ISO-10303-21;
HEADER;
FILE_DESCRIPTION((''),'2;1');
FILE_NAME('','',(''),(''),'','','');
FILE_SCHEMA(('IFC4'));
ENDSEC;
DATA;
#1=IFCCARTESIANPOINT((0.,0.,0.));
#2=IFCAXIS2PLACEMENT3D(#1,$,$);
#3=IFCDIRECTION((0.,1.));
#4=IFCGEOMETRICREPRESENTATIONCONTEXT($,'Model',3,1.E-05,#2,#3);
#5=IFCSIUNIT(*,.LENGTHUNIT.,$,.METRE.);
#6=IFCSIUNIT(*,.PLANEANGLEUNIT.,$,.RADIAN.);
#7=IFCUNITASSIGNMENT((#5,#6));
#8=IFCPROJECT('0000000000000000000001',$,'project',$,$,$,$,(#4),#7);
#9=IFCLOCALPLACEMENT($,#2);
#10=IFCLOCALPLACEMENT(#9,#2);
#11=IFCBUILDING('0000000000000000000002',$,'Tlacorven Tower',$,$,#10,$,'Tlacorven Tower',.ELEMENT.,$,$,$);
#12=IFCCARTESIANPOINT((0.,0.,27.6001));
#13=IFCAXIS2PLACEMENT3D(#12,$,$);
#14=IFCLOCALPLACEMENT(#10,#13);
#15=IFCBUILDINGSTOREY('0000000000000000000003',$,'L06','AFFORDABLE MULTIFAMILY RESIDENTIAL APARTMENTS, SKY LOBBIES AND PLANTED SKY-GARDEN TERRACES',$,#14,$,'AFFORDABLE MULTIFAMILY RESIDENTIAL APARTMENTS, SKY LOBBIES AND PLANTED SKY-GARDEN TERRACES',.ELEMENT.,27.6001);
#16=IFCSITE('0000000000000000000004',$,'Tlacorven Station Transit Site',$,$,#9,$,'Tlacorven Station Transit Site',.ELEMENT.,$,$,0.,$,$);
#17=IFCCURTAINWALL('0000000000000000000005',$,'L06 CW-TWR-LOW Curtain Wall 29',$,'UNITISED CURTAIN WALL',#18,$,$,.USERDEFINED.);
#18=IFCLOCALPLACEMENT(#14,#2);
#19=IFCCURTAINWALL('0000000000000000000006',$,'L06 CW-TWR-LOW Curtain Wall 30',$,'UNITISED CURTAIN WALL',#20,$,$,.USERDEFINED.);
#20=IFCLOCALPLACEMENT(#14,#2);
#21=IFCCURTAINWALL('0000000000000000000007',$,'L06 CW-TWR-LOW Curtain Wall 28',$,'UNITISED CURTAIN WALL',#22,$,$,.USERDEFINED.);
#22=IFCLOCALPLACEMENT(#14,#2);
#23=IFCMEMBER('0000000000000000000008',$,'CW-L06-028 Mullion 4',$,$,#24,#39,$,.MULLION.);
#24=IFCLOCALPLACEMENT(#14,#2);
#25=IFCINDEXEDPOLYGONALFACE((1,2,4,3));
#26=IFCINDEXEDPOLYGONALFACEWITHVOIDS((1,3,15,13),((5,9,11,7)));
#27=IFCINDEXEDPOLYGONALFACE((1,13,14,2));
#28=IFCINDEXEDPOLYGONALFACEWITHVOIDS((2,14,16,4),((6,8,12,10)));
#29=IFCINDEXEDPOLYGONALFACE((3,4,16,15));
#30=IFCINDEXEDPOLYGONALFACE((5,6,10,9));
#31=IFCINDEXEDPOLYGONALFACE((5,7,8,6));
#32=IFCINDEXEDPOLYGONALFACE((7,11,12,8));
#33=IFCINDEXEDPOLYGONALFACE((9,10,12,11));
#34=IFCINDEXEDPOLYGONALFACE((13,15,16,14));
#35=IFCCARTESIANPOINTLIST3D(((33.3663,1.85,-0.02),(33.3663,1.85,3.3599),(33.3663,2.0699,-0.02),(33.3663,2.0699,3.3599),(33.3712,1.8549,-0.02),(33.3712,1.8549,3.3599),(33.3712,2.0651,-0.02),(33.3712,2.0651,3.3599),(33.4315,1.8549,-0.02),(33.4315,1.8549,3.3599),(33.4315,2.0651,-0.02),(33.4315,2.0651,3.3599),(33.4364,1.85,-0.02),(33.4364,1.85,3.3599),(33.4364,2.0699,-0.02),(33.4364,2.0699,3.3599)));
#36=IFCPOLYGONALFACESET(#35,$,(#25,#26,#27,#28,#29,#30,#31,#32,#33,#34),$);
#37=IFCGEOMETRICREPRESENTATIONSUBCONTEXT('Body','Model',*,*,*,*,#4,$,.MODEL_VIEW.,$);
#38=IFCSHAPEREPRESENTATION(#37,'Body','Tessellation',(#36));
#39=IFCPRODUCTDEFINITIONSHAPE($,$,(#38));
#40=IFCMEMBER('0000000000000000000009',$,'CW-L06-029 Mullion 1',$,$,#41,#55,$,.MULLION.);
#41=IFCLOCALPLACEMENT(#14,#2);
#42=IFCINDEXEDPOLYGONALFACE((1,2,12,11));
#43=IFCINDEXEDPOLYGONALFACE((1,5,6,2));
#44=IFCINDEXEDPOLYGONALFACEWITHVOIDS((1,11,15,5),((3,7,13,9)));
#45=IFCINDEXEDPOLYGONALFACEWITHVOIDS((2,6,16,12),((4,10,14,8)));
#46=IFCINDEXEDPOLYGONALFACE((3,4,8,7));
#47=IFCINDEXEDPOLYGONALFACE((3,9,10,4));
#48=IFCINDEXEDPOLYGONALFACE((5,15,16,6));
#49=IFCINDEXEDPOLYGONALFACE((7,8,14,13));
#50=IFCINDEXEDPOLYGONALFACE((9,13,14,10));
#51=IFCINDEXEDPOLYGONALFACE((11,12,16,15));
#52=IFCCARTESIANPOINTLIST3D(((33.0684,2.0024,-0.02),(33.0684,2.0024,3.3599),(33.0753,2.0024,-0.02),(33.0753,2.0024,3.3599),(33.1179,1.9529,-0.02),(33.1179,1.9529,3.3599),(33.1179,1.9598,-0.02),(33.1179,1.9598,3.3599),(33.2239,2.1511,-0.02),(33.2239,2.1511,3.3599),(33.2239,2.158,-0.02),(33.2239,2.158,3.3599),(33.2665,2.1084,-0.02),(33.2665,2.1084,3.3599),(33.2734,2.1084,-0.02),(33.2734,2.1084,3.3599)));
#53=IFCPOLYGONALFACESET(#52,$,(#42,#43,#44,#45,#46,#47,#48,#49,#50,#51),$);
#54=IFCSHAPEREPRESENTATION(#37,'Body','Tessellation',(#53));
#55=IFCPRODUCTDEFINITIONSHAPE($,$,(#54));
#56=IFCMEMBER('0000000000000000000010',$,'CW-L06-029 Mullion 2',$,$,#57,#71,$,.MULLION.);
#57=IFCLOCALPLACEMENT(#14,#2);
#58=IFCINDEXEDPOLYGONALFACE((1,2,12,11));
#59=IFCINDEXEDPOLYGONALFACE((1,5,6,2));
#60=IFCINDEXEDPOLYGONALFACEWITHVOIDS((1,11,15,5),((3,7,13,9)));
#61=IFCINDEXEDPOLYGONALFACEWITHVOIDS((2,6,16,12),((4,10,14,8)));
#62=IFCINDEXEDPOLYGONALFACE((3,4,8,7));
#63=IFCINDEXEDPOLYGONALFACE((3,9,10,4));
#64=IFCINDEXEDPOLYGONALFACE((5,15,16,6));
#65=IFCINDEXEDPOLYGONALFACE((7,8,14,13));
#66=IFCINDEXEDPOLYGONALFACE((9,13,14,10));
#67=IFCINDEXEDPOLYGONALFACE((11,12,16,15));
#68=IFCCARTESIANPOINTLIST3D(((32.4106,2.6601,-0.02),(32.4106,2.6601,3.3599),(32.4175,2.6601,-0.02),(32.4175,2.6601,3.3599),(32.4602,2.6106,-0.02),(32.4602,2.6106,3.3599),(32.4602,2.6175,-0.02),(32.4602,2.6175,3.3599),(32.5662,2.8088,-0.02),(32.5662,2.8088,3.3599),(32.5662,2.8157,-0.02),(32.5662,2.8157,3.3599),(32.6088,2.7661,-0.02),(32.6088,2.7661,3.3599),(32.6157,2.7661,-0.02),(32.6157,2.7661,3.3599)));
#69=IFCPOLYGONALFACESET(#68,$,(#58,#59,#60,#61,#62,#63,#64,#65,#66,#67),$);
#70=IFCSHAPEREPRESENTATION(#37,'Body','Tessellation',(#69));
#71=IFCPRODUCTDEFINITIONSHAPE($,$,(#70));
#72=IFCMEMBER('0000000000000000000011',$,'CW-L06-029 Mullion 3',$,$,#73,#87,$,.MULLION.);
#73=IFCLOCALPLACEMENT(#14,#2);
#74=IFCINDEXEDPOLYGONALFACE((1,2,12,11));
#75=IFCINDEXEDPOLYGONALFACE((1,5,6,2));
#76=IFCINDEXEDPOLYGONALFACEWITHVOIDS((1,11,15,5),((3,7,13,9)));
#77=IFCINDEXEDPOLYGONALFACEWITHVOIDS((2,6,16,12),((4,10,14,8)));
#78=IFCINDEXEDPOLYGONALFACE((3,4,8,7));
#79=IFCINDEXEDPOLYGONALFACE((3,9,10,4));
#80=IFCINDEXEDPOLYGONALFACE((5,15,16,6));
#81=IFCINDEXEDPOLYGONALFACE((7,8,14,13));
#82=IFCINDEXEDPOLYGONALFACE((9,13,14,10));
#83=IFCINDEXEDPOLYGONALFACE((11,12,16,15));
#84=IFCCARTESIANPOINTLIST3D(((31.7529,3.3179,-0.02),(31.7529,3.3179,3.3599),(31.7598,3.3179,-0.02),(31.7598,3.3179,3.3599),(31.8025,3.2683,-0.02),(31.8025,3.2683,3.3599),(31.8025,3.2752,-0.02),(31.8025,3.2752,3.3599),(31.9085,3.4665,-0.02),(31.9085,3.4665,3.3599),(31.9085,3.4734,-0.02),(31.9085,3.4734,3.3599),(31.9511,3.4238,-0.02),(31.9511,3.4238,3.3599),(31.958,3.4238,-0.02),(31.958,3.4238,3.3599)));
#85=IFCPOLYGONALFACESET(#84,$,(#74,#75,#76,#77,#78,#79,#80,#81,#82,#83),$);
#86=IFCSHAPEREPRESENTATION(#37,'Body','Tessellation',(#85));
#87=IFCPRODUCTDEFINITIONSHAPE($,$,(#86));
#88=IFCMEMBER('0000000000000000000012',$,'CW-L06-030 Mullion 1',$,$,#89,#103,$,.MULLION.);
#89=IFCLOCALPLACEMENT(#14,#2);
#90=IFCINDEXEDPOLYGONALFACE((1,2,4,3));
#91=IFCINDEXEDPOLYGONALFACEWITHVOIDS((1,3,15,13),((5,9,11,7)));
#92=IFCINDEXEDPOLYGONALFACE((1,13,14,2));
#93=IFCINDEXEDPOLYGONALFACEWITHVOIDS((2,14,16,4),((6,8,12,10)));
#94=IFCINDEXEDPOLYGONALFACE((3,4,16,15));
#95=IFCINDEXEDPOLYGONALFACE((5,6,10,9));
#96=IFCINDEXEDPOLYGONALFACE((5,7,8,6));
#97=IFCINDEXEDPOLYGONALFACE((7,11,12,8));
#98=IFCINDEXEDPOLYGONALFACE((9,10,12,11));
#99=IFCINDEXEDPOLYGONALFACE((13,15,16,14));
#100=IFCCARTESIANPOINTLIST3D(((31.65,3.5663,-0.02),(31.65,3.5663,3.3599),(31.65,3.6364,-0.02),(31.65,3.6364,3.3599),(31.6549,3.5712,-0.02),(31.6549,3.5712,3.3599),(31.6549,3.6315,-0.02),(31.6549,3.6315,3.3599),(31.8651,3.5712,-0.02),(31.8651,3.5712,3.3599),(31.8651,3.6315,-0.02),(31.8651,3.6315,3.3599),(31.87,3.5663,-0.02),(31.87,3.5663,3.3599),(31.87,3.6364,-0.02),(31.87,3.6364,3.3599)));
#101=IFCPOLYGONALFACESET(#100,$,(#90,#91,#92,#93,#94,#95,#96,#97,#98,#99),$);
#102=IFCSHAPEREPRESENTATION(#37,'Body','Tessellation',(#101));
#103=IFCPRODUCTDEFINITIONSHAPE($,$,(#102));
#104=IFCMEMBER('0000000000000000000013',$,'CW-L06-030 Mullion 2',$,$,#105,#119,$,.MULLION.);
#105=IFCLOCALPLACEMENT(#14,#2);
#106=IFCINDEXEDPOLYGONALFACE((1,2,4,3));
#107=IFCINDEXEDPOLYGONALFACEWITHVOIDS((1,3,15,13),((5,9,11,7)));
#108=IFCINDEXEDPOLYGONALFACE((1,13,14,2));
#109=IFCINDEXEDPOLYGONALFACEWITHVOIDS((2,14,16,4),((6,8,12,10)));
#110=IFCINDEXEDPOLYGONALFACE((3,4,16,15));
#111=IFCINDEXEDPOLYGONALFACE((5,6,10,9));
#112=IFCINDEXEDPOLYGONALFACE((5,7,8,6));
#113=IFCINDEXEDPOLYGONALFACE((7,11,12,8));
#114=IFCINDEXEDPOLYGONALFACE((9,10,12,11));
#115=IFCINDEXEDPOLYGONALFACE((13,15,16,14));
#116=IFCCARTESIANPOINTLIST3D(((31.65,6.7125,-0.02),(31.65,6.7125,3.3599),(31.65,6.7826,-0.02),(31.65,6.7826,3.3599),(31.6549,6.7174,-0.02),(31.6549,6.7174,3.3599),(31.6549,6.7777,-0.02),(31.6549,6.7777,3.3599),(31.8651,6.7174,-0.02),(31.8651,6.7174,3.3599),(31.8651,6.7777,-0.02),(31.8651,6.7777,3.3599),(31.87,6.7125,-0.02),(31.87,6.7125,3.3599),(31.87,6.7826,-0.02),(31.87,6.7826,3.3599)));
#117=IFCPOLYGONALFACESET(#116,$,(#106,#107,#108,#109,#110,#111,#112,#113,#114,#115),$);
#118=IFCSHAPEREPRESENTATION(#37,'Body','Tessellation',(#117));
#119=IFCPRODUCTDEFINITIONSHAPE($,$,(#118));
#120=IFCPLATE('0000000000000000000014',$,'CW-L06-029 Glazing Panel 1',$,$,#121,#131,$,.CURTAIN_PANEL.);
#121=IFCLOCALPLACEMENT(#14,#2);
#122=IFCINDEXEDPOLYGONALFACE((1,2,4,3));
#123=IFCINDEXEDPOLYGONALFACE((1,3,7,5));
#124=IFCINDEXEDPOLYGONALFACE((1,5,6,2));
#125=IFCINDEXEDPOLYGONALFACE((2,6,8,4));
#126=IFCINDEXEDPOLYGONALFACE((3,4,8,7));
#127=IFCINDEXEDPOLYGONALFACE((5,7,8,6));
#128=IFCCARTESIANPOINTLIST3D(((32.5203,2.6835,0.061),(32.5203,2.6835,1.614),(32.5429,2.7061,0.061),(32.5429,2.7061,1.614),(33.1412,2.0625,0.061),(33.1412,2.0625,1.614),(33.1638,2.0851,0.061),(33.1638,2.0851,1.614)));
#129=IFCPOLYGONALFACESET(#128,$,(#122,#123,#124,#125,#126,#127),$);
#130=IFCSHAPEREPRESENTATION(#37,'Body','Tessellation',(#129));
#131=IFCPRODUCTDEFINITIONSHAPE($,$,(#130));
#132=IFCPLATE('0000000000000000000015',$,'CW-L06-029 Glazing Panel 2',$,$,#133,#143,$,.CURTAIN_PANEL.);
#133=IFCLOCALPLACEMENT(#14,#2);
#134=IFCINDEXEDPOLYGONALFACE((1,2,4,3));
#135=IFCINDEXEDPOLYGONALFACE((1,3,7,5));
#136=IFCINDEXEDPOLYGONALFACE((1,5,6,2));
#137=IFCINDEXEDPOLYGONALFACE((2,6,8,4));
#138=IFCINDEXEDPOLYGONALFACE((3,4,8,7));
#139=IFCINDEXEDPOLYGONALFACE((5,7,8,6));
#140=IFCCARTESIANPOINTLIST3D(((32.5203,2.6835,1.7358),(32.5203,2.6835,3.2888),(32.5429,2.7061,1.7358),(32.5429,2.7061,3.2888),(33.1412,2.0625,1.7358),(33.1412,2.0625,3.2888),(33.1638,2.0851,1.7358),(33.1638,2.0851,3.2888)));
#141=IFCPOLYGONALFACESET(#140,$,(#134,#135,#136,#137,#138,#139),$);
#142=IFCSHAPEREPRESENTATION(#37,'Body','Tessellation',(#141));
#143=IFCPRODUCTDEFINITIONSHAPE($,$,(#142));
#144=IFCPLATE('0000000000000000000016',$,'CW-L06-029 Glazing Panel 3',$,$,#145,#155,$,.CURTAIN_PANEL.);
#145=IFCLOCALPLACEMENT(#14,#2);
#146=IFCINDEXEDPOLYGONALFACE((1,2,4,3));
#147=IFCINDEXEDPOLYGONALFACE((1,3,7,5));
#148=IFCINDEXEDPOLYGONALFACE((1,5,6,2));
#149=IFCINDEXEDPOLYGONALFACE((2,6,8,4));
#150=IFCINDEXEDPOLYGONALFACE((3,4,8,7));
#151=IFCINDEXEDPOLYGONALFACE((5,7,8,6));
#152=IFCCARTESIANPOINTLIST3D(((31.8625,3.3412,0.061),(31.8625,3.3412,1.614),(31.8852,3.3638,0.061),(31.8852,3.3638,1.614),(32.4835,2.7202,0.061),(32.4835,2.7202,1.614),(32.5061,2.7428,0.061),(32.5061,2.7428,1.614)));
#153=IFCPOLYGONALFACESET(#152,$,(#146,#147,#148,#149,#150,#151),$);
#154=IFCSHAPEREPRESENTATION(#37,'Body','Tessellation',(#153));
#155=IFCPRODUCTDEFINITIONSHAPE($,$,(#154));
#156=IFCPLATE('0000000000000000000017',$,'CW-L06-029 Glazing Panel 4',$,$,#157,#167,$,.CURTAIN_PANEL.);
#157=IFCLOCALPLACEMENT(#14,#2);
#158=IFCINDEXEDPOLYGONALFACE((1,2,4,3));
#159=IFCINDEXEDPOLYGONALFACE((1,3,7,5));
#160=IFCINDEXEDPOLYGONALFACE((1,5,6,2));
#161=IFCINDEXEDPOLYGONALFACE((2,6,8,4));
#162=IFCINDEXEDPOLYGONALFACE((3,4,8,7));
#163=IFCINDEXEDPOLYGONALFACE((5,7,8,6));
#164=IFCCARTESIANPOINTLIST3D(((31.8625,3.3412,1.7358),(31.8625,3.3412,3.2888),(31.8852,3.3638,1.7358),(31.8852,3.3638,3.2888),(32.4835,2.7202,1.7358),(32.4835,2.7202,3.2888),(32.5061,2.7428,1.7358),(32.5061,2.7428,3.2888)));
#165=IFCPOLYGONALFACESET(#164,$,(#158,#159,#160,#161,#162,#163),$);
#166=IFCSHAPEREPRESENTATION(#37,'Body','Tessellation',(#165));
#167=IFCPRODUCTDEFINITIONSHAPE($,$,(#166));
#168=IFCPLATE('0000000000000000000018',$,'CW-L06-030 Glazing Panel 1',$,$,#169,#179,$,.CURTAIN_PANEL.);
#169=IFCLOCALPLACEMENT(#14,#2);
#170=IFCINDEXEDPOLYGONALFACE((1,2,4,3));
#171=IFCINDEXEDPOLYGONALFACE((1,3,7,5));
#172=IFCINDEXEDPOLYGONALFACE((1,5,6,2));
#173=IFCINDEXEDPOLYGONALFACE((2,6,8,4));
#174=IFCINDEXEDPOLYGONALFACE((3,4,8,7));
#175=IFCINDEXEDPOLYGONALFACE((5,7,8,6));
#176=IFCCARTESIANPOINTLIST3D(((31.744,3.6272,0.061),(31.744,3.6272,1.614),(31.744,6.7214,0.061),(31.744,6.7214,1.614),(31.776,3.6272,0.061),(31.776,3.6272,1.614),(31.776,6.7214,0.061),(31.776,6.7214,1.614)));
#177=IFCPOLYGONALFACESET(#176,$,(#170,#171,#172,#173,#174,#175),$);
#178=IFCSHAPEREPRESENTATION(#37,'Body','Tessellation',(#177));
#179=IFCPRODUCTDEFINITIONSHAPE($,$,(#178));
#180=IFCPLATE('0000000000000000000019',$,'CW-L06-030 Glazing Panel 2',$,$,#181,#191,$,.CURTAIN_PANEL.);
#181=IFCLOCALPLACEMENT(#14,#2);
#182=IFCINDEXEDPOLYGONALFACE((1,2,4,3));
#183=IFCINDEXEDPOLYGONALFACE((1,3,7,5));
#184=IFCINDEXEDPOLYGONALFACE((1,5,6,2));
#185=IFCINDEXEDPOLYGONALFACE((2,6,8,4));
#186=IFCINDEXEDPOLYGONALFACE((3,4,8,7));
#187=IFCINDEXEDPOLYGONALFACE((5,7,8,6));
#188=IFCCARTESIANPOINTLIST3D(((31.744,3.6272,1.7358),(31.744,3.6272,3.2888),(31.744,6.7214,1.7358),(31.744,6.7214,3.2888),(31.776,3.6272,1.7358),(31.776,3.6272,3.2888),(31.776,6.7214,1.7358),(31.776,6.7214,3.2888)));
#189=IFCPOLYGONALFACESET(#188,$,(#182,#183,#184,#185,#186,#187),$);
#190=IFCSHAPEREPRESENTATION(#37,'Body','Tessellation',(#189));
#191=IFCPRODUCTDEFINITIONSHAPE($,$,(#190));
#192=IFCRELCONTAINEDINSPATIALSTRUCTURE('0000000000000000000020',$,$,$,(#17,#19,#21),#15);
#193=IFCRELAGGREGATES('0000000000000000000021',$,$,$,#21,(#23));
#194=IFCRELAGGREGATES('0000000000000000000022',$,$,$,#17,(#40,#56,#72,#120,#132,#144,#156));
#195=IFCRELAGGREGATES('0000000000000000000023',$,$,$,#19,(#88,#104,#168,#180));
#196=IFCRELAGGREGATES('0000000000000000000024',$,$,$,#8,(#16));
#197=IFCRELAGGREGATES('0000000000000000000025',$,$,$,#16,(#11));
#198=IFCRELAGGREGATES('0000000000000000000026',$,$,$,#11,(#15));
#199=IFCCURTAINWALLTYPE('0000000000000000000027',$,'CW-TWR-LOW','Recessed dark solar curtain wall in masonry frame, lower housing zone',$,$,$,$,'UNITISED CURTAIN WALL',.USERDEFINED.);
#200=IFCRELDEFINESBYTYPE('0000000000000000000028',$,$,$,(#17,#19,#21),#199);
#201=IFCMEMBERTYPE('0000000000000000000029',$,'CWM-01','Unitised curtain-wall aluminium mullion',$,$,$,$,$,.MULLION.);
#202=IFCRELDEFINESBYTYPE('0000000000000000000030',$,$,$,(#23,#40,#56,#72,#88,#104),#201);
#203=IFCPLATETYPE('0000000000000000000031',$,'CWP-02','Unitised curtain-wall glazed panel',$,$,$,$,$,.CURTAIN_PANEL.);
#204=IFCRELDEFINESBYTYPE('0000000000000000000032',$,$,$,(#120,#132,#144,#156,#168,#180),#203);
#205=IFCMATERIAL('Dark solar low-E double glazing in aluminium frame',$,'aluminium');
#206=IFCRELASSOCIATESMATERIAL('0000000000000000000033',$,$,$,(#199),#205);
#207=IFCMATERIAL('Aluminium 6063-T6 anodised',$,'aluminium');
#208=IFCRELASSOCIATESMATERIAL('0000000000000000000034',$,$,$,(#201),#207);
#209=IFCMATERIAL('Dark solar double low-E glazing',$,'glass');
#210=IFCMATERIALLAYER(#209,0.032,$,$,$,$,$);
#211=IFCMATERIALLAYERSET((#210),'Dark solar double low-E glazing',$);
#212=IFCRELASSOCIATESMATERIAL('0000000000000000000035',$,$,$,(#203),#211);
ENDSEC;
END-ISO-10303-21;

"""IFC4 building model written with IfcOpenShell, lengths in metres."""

from ifc_helpers import new_model, si_unit, direction, frame, origin, origin_2d, place, context, subcontext, project, spatial, rectangle, hollow_rectangle, extrude, source, transform, mapped, material, layer, layer_set, material_profile, profile_set, type_object, element, aggregate, save


model = new_model("IFC4")

# Units and contexts
model_context = context("Model", 3, precision=1e-05, world=origin(), true_north=direction((0.0, 1.0)))
body_context = subcontext(model_context, "Body", "Model", "MODEL_VIEW")
ifc_project = project(units=[si_unit("LENGTHUNIT", "METRE"), si_unit("PLANEANGLEUNIT", "RADIAN")], contexts=[model_context])

# Site, building, storey
site_placement = place(None, origin())
site = spatial("IfcSite", under=ifc_project, at=site_placement, Name="Tlacorven Station Transit Site", LongName="Tlacorven Station Transit Site", CompositionType="ELEMENT", RefElevation=0.0)
building_placement = place(site_placement, origin())
building = spatial("IfcBuilding", under=site, at=building_placement, Name="Tlacorven Tower", LongName="Tlacorven Tower", CompositionType="ELEMENT")
storey_placement = place(building_placement, frame((0.0, 0.0, 27.6001)))
storey = spatial("IfcBuildingStorey", under=building, at=storey_placement, Name="L06", Description="AFFORDABLE MULTIFAMILY RESIDENTIAL APARTMENTS, SKY LOBBIES AND PLANTED SKY-GARDEN TERRACES", LongName="AFFORDABLE MULTIFAMILY RESIDENTIAL APARTMENTS, SKY LOBBIES AND PLANTED SKY-GARDEN TERRACES", CompositionType="ELEMENT", Elevation=27.6001)

# Curtain walls
ifc_material_1 = material(Name="Dark solar low-E double glazing in aluminium frame", Category="aluminium")
curtain_wall_type = type_object("IfcCurtainWallType", Name="CW-TWR-LOW", Description="Recessed dark solar curtain wall in masonry frame, lower housing zone", ElementType="UNITISED CURTAIN WALL", PredefinedType="USERDEFINED", material=ifc_material_1)
curtain_wall_1_placement = place(storey_placement, origin())
curtain_wall_1 = element("IfcCurtainWall", 1, at=curtain_wall_1_placement, inside=storey, type_object=curtain_wall_type, Name="L06 CW-TWR-LOW Curtain Wall 29", ObjectType="UNITISED CURTAIN WALL", PredefinedType="USERDEFINED")
ifc_material_2 = material(Name="Aluminium 6063-T6 anodised", Category="aluminium")
curtain_wall_2_placement = place(storey_placement, origin())
curtain_wall_2 = element("IfcCurtainWall", 2, at=curtain_wall_2_placement, inside=storey, type_object=curtain_wall_type, Name="L06 CW-TWR-LOW Curtain Wall 30", ObjectType="UNITISED CURTAIN WALL", PredefinedType="USERDEFINED")

# Curtain wall, member
curtain_wall_3_placement = place(storey_placement, origin())
curtain_wall_3 = element("IfcCurtainWall", 3, at=curtain_wall_3_placement, inside=storey, type_object=curtain_wall_type, Name="L06 CW-TWR-LOW Curtain Wall 28", ObjectType="UNITISED CURTAIN WALL", PredefinedType="USERDEFINED")
ifc_material_profile_1 = material_profile(ifc_material_2, hollow_rectangle(XDim=0.0701, YDim=0.22, WallThickness=0.0049, at=origin_2d()), Name="ALU MULLION 70X220")
ifc_profile_set_1 = profile_set([ifc_material_profile_1], Name="Aluminium 6063-T6 anodised")
member_type_1 = type_object("IfcMemberType", Name="CWM-01", Description="Unitised curtain-wall aluminium mullion", PredefinedType="MULLION", material=ifc_profile_set_1)
shared_shape_1 = source(origin(), body_context, "Body", "SweptSolid", [
    extrude(hollow_rectangle(XDim=0.0701, YDim=0.22, WallThickness=0.0049, at=origin_2d()), origin(), (0.0, 0.0, 1.0), 3.3799),
])
member_1_placement = place(storey_placement, frame((33.4014, 1.96, -0.02), z_axis=(0.0, 0.0, 1.0), x_axis=(-1.0, 0.0, 0.0)))
member_1 = element("IfcMember", 4, at=member_1_placement, type_object=member_type_1, Name="CW-L06-028 Mullion 4", PredefinedType="MULLION", context=body_context, shape_type="MappedRepresentation", body=[
    mapped(shared_shape_1, transform((0.0, 0.0, 0.0), scale=1.0)),
])
aggregate(curtain_wall_3, [member_1])

# Members
member_2_placement = place(storey_placement, frame((33.1709, 2.0554, -0.02), z_axis=(0.0, 0.0, 1.0), x_axis=(-0.707107, 0.707107, 0.0)))
member_2 = element("IfcMember", 5, at=member_2_placement, type_object=member_type_1, Name="CW-L06-029 Mullion 1", PredefinedType="MULLION", context=body_context, shape_type="MappedRepresentation", body=[
    mapped(shared_shape_1, transform((0.0, 0.0, 0.0), scale=1.0)),
])
member_3_placement = place(storey_placement, frame((32.5132, 2.7131, -0.02), z_axis=(0.0, 0.0, 1.0), x_axis=(-0.707107, 0.707107, 0.0)))
member_3 = element("IfcMember", 6, at=member_3_placement, type_object=member_type_1, Name="CW-L06-029 Mullion 2", PredefinedType="MULLION", context=body_context, shape_type="MappedRepresentation", body=[
    mapped(shared_shape_1, transform((0.0, 0.0, 0.0), scale=1.0)),
])
member_4_placement = place(storey_placement, frame((31.8555, 3.3708, -0.02), z_axis=(0.0, 0.0, 1.0), x_axis=(-0.707107, 0.707107, 0.0)))
member_4 = element("IfcMember", 7, at=member_4_placement, type_object=member_type_1, Name="CW-L06-029 Mullion 3", PredefinedType="MULLION", context=body_context, shape_type="MappedRepresentation", body=[
    mapped(shared_shape_1, transform((0.0, 0.0, 0.0), scale=1.0)),
])
member_5_placement = place(storey_placement, frame((31.76, 3.6013, -0.02), z_axis=(0.0, 0.0, 1.0), x_axis=(0.0, 1.0, 0.0)))
member_5 = element("IfcMember", 8, at=member_5_placement, type_object=member_type_1, Name="CW-L06-030 Mullion 1", PredefinedType="MULLION", context=body_context, shape_type="MappedRepresentation", body=[
    mapped(shared_shape_1, transform((0.0, 0.0, 0.0), scale=1.0)),
])
member_6_placement = place(storey_placement, frame((31.76, 6.7476, -0.02), z_axis=(0.0, 0.0, 1.0), x_axis=(0.0, 1.0, 0.0)))
member_6 = element("IfcMember", 9, at=member_6_placement, type_object=member_type_1, Name="CW-L06-030 Mullion 2", PredefinedType="MULLION", context=body_context, shape_type="MappedRepresentation", body=[
    mapped(shared_shape_1, transform((0.0, 0.0, 0.0), scale=1.0)),
])

# Plates
ifc_material_3 = material(Name="Dark solar double low-E glazing", Category="glass")
ifc_layer = layer(ifc_material_3, 0.032)
ifc_layer_set = layer_set([ifc_layer], Name="Dark solar double low-E glazing")
plate_type = type_object("IfcPlateType", Name="CWP-02", Description="Unitised curtain-wall glazed panel", PredefinedType="CURTAIN_PANEL", material=ifc_layer_set)
shared_shape_2 = source(origin(), body_context, "Body", "SweptSolid", [
    extrude(rectangle(XDim=0.8782, YDim=0.032, at=origin_2d()), origin(), (0.0, 0.0, 1.0), 1.553),
])
plate_1_placement = place(storey_placement, frame((32.842, 2.3843, 0.061), z_axis=(0.0, 0.0, 1.0), x_axis=(-0.707107, 0.707107, 0.0)))
plate_1 = element("IfcPlate", 10, at=plate_1_placement, type_object=plate_type, Name="CW-L06-029 Glazing Panel 1", PredefinedType="CURTAIN_PANEL", context=body_context, shape_type="MappedRepresentation", body=[
    mapped(shared_shape_2, transform((0.0, 0.0, 0.0), scale=1.0)),
])
plate_2_placement = place(storey_placement, frame((32.842, 2.3843, 1.7358), z_axis=(0.0, 0.0, 1.0), x_axis=(-0.707107, 0.707107, 0.0)))
plate_2 = element("IfcPlate", 11, at=plate_2_placement, type_object=plate_type, Name="CW-L06-029 Glazing Panel 2", PredefinedType="CURTAIN_PANEL", context=body_context, shape_type="MappedRepresentation", body=[
    mapped(shared_shape_2, transform((0.0, 0.0, 0.0), scale=1.0)),
])
plate_3_placement = place(storey_placement, frame((32.1843, 3.042, 0.061), z_axis=(0.0, 0.0, 1.0), x_axis=(-0.707107, 0.707107, 0.0)))
plate_3 = element("IfcPlate", 12, at=plate_3_placement, type_object=plate_type, Name="CW-L06-029 Glazing Panel 3", PredefinedType="CURTAIN_PANEL", context=body_context, shape_type="MappedRepresentation", body=[
    mapped(shared_shape_2, transform((0.0, 0.0, 0.0), scale=1.0)),
])
plate_4_placement = place(storey_placement, frame((32.1843, 3.042, 1.7358), z_axis=(0.0, 0.0, 1.0), x_axis=(-0.707107, 0.707107, 0.0)))
plate_4 = element("IfcPlate", 13, at=plate_4_placement, type_object=plate_type, Name="CW-L06-029 Glazing Panel 4", PredefinedType="CURTAIN_PANEL", context=body_context, shape_type="MappedRepresentation", body=[
    mapped(shared_shape_2, transform((0.0, 0.0, 0.0), scale=1.0)),
])
aggregate(curtain_wall_1, [member_2, member_3, member_4, plate_1, plate_2, plate_3, plate_4])
shared_shape_3 = source(origin(), body_context, "Body", "SweptSolid", [
    extrude(rectangle(XDim=3.0942, YDim=0.032, at=origin_2d()), origin(), (0.0, 0.0, 1.0), 1.553),
])
plate_5_placement = place(storey_placement, frame((31.76, 5.1743, 0.061), z_axis=(0.0, 0.0, 1.0), x_axis=(0.0, 1.0, 0.0)))
plate_5 = element("IfcPlate", 14, at=plate_5_placement, type_object=plate_type, Name="CW-L06-030 Glazing Panel 1", PredefinedType="CURTAIN_PANEL", context=body_context, shape_type="MappedRepresentation", body=[
    mapped(shared_shape_3, transform((0.0, 0.0, 0.0), scale=1.0)),
])
plate_6_placement = place(storey_placement, frame((31.76, 5.1743, 1.7358), z_axis=(0.0, 0.0, 1.0), x_axis=(0.0, 1.0, 0.0)))
plate_6 = element("IfcPlate", 15, at=plate_6_placement, type_object=plate_type, Name="CW-L06-030 Glazing Panel 2", PredefinedType="CURTAIN_PANEL", context=body_context, shape_type="MappedRepresentation", body=[
    mapped(shared_shape_3, transform((0.0, 0.0, 0.0), scale=1.0)),
])
aggregate(curtain_wall_2, [member_5, member_6, plate_5, plate_6])

save(model, "model.ifc")
